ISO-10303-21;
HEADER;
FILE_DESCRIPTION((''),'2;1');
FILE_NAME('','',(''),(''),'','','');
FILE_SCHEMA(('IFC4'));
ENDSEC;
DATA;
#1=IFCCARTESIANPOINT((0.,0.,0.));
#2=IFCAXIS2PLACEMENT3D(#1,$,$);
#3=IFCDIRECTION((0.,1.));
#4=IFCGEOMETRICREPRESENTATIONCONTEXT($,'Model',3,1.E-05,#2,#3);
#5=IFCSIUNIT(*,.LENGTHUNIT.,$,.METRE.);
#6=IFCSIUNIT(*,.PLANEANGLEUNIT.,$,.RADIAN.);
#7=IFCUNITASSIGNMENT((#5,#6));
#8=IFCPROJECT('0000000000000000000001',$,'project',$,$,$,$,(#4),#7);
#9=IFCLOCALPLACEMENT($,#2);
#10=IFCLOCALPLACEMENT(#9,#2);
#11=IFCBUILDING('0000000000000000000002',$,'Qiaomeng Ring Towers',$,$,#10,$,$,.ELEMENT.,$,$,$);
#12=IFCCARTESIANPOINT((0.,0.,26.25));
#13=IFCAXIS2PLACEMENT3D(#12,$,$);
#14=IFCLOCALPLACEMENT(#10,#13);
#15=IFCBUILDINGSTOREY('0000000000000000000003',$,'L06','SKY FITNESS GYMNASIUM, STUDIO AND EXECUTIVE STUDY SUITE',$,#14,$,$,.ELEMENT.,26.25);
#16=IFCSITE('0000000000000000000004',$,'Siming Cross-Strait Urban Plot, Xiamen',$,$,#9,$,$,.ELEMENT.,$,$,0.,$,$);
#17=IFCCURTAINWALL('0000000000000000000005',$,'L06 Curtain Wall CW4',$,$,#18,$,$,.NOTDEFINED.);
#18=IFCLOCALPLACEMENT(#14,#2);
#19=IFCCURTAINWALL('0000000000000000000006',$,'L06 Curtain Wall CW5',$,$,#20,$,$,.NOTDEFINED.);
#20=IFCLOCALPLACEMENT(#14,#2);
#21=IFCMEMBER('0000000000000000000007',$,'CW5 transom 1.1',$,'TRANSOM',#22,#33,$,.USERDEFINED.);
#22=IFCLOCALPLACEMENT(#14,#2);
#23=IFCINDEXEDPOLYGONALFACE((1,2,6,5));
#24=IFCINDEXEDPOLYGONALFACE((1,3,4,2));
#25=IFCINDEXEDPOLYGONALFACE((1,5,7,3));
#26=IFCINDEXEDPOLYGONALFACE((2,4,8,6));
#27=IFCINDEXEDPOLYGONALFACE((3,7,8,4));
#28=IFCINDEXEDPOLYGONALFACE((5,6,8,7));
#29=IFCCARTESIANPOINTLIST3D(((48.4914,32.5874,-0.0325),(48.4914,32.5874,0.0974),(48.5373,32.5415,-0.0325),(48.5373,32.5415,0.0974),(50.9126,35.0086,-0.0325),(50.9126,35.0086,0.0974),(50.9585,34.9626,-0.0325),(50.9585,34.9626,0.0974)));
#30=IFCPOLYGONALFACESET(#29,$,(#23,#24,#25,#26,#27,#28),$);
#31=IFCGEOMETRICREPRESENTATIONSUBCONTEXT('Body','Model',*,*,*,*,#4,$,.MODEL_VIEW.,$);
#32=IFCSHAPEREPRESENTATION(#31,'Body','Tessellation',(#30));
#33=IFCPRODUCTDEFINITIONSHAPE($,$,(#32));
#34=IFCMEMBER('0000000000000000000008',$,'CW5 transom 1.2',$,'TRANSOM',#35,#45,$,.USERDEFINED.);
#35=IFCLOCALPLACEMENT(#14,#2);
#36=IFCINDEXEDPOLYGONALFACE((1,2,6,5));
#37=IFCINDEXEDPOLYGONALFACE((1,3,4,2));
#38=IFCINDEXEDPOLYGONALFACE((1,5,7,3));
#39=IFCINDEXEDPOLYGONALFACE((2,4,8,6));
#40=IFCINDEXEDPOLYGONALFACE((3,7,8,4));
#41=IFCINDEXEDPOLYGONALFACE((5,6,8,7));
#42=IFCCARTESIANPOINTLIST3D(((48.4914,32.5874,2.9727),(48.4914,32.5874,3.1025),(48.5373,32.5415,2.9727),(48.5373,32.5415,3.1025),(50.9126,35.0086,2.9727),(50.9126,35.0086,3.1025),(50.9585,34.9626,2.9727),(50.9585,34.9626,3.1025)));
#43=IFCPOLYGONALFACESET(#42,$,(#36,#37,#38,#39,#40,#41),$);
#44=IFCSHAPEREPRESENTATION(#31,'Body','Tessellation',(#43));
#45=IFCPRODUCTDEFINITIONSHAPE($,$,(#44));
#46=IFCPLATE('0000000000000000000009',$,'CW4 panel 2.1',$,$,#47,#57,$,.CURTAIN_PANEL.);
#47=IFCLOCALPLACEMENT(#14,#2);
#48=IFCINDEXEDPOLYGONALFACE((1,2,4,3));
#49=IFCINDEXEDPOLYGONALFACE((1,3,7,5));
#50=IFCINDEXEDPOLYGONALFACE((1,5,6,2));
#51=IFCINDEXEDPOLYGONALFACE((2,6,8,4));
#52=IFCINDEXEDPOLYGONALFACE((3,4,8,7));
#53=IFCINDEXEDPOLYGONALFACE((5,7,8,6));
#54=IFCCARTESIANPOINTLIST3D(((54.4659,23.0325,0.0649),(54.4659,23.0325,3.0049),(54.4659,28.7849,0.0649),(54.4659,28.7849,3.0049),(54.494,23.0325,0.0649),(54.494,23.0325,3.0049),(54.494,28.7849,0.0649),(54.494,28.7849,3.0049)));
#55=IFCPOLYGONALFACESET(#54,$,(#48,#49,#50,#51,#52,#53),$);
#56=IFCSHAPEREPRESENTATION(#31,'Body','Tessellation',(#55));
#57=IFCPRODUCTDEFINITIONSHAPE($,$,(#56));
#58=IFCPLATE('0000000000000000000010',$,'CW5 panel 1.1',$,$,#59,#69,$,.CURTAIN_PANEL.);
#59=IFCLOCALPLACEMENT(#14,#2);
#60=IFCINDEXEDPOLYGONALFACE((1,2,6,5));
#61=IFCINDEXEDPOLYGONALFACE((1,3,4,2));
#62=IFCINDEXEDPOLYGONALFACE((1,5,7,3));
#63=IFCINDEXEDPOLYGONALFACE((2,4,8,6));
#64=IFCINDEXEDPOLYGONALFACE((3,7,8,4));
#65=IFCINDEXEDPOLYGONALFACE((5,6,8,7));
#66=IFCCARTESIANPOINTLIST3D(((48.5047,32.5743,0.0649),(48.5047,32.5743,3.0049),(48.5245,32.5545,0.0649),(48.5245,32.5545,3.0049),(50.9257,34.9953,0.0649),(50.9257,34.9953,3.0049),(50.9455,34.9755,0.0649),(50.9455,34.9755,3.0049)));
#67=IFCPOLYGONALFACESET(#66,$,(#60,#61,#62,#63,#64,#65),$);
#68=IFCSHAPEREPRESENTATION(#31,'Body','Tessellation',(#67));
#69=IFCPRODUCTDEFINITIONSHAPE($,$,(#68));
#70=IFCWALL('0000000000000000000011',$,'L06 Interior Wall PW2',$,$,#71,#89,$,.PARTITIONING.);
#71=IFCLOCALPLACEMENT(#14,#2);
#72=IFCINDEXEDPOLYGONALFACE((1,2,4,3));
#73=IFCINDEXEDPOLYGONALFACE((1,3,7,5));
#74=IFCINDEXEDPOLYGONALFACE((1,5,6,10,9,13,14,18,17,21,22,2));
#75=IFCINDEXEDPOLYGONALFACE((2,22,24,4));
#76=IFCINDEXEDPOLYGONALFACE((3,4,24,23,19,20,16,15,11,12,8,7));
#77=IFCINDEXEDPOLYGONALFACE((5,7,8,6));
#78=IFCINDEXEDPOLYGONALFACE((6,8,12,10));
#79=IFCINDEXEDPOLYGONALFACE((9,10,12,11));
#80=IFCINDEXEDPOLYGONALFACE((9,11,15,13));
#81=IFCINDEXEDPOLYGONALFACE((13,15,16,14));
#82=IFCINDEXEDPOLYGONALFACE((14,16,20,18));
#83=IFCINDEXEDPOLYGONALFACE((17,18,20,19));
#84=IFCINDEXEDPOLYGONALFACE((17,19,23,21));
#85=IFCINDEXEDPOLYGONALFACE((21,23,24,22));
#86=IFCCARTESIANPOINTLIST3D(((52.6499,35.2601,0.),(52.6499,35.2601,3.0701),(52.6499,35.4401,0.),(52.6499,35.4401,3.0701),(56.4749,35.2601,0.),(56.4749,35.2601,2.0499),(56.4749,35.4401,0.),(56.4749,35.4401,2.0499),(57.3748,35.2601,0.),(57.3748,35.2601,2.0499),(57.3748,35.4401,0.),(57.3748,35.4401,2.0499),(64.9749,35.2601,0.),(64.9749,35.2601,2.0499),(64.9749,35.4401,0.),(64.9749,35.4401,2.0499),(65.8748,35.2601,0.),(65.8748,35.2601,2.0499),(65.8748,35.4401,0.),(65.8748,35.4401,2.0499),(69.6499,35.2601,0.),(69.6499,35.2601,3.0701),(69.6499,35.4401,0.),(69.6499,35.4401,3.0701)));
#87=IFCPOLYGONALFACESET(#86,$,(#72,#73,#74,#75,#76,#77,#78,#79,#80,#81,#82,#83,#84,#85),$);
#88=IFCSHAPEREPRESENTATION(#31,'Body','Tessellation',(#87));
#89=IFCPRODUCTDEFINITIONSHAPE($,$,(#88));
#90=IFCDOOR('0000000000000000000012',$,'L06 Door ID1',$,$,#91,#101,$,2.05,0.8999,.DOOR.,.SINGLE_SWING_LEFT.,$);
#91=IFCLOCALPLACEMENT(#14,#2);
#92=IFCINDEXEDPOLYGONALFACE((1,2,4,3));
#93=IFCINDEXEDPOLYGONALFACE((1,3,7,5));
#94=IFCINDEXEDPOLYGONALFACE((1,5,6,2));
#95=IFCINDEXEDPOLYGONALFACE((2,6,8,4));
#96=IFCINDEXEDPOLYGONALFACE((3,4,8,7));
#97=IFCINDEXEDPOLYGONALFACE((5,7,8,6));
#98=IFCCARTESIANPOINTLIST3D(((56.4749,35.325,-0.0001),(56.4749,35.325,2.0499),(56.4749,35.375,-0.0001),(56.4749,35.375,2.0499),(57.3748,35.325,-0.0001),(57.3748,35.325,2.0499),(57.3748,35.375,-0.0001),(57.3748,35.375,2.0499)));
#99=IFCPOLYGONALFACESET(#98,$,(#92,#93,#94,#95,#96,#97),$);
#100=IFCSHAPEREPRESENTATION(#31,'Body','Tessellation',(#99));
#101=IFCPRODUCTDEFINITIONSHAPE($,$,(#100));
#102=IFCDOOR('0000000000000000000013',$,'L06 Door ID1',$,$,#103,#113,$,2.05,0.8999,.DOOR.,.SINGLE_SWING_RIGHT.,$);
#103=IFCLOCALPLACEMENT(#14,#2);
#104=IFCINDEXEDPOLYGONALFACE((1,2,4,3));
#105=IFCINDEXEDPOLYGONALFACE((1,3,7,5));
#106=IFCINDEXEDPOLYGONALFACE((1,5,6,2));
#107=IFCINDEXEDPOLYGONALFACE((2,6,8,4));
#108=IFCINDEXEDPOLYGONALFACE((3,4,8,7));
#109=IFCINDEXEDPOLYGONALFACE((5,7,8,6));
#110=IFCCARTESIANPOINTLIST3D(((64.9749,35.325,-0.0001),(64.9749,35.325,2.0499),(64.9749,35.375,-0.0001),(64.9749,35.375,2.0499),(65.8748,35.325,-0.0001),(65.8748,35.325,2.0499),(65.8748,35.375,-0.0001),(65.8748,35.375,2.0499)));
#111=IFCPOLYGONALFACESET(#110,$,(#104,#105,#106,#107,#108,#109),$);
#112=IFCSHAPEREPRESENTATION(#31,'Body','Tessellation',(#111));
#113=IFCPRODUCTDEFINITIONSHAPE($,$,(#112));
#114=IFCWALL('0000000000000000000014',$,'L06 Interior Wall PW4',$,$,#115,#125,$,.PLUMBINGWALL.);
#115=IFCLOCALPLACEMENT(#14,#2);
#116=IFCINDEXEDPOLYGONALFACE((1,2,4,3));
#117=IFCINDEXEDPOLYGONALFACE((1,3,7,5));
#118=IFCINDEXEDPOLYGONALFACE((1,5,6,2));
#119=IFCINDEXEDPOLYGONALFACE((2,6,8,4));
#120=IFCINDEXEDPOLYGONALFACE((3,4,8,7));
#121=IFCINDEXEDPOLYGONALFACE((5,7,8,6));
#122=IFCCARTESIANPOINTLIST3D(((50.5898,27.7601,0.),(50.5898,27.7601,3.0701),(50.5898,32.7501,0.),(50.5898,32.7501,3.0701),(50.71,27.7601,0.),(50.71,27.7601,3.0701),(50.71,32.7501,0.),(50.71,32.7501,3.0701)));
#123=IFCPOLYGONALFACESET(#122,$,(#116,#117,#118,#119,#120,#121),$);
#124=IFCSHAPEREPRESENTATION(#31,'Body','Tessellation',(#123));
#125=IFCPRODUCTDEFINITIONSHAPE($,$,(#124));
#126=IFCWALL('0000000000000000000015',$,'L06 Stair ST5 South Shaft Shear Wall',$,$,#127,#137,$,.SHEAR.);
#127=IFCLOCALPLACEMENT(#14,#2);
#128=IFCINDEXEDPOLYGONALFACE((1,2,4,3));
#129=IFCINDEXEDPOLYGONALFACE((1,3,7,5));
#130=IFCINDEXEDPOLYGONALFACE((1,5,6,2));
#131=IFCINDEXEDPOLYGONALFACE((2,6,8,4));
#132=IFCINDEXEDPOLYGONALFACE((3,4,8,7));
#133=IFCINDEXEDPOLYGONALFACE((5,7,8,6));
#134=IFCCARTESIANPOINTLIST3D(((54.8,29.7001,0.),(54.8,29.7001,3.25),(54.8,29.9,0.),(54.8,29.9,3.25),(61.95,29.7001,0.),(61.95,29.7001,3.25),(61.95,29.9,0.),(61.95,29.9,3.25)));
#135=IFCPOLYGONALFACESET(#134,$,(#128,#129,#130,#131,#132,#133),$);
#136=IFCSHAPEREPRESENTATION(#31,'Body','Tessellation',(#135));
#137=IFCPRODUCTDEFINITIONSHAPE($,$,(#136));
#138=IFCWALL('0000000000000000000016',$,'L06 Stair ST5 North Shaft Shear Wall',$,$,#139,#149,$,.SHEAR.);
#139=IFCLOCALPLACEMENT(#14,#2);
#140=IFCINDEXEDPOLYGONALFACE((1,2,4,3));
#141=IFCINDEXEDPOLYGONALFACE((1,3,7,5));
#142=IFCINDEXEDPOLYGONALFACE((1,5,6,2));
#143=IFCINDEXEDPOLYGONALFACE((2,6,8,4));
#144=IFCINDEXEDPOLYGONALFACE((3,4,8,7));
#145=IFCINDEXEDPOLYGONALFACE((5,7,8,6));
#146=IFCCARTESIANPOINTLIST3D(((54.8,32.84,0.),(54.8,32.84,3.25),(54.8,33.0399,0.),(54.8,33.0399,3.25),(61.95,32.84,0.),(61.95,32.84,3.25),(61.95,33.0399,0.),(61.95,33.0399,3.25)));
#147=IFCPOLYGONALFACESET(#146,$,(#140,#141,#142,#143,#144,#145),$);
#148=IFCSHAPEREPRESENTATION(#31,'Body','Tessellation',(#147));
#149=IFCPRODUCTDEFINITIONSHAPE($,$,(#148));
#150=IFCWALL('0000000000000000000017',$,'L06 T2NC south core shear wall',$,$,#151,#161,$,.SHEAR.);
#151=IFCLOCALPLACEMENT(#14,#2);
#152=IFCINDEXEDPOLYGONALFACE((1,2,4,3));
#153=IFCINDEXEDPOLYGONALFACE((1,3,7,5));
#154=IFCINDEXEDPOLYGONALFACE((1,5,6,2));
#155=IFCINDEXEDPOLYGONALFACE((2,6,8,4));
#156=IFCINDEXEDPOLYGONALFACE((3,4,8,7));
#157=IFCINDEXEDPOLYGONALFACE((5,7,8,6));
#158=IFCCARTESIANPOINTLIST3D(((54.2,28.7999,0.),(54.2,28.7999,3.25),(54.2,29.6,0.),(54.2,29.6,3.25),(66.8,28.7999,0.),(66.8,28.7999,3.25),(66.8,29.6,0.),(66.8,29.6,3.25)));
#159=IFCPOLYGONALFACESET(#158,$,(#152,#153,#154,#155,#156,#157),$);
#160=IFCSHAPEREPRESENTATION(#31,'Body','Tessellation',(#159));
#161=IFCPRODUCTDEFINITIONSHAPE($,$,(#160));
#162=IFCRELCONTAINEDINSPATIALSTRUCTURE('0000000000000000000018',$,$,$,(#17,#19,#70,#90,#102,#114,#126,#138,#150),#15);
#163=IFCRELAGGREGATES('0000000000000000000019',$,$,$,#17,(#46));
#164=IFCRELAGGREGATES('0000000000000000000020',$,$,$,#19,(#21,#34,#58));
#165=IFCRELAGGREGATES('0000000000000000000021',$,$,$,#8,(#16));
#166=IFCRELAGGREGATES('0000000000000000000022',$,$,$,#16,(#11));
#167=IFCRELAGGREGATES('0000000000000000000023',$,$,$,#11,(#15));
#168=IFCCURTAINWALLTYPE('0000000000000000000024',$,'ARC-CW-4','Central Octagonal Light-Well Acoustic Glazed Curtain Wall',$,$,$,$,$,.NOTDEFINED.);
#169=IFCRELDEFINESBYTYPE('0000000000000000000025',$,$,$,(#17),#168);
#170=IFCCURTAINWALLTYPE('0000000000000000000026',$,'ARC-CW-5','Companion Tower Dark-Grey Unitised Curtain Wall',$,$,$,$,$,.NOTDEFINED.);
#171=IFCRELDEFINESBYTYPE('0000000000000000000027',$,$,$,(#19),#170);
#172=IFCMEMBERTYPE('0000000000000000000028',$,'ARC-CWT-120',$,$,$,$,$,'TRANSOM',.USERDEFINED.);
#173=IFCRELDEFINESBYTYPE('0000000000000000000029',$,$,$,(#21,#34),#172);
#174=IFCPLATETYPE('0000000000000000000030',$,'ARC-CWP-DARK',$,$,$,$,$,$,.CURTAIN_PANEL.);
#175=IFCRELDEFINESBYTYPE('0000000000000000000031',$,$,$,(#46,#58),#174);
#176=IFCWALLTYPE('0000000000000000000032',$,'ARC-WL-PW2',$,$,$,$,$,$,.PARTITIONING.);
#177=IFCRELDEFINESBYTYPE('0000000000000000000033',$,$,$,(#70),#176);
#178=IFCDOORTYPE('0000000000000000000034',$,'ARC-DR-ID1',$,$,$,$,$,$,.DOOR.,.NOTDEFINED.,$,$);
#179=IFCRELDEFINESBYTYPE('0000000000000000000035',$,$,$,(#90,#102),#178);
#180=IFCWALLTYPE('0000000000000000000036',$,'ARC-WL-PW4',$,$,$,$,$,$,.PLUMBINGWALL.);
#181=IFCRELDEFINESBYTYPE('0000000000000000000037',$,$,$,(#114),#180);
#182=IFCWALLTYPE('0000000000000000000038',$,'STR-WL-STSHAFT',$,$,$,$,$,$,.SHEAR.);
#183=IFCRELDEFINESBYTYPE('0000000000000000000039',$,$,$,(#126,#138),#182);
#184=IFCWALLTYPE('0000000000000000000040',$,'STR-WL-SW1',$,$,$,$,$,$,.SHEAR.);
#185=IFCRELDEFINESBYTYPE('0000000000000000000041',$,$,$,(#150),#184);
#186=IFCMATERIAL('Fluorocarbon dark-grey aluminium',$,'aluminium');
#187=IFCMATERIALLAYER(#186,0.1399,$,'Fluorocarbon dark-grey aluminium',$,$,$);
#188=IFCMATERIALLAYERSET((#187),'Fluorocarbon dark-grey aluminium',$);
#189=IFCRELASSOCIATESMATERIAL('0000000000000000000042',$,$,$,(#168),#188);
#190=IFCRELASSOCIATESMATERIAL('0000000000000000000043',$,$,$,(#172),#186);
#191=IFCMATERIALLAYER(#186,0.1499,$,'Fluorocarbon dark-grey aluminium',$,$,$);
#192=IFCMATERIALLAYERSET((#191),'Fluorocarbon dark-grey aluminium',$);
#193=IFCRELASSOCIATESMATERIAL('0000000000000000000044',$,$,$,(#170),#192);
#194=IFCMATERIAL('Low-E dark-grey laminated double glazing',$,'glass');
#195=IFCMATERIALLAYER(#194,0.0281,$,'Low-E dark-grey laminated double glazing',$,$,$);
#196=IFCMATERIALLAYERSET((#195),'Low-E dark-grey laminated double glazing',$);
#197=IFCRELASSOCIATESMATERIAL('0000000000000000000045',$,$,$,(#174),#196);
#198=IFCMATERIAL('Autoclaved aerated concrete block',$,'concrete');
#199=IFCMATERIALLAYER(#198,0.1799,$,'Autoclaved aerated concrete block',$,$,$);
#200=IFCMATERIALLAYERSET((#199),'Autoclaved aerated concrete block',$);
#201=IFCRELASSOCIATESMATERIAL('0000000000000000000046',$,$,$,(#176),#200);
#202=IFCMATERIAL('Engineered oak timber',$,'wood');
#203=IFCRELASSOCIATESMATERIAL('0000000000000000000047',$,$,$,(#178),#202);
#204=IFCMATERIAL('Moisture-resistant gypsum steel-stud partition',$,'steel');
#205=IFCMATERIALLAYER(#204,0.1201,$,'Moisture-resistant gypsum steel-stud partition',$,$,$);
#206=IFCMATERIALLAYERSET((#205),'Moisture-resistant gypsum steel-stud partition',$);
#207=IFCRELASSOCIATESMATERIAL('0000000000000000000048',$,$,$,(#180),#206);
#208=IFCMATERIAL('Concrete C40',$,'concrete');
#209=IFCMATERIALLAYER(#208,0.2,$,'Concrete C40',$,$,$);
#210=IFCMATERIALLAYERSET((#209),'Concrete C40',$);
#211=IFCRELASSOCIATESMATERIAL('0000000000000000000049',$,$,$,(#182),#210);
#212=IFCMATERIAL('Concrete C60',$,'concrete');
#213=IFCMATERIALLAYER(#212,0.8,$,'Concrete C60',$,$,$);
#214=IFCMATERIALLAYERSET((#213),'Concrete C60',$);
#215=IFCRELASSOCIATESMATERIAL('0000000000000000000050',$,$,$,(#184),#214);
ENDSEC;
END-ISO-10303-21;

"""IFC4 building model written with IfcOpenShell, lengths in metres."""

from ifc_helpers import new_model, si_unit, direction, frame, frame_2d, origin, origin_2d, place, context, subcontext, project, spatial, rectangle, extrude, source, transform, mapped, material, layer, layer_set, material_profile, profile_set, type_object, element, fill, aggregate, save


model = new_model("IFC4")

# Units and contexts
model_context = context("Model", 3, precision=1e-05, world=origin(), true_north=direction((0.0, 1.0)))
body_context = subcontext(model_context, "Body", "Model", "MODEL_VIEW")
ifc_project = project(units=[si_unit("LENGTHUNIT", "METRE"), si_unit("PLANEANGLEUNIT", "RADIAN")], contexts=[model_context])

# Site, building, storey
site_placement = place(None, origin())
site = spatial("IfcSite", under=ifc_project, at=site_placement, Name="Siming Cross-Strait Urban Plot, Xiamen", CompositionType="ELEMENT", RefElevation=0.0)
building_placement = place(site_placement, origin())
building = spatial("IfcBuilding", under=site, at=building_placement, Name="Qiaomeng Ring Towers", CompositionType="ELEMENT")
storey_placement = place(building_placement, frame((0.0, 0.0, 26.25)))
storey = spatial("IfcBuildingStorey", under=building, at=storey_placement, Name="L06", Description="SKY FITNESS GYMNASIUM, STUDIO AND EXECUTIVE STUDY SUITE", CompositionType="ELEMENT", Elevation=26.25)

# Shared definitions
ifc_material_1 = material(Name="Concrete C60", Category="concrete")

# Curtain wall
ifc_material_2 = material(Name="Fluorocarbon dark-grey aluminium", Category="aluminium")
ifc_layer_1 = layer(ifc_material_2, 0.1399, Name="Fluorocarbon dark-grey aluminium")
ifc_layer_set_1 = layer_set([ifc_layer_1], Name="Fluorocarbon dark-grey aluminium")
curtain_wall_type_1 = type_object("IfcCurtainWallType", Name="ARC-CW-4", Description="Central Octagonal Light-Well Acoustic Glazed Curtain Wall", PredefinedType="NOTDEFINED", material=ifc_layer_set_1)
curtain_wall_1_placement = place(storey_placement, origin())
curtain_wall_1 = element("IfcCurtainWall", 1, at=curtain_wall_1_placement, inside=storey, type_object=curtain_wall_type_1, Name="L06 Curtain Wall CW4", PredefinedType="NOTDEFINED")
ifc_material_profile_1 = material_profile(ifc_material_2, rectangle(XDim=0.0649, YDim=0.1299, at=origin_2d()), Name="ALU TRAN 65x130")
ifc_profile_set_1 = profile_set([ifc_material_profile_1], Name="Fluorocarbon dark-grey aluminium")
member_type_1 = type_object("IfcMemberType", Name="ARC-CWT-120", ElementType="TRANSOM", PredefinedType="USERDEFINED", material=ifc_profile_set_1)

# Shared definitions
ifc_layer_2 = layer(ifc_material_2, 0.1499, Name="Fluorocarbon dark-grey aluminium")
ifc_layer_set_2 = layer_set([ifc_layer_2], Name="Fluorocarbon dark-grey aluminium")
curtain_wall_type_2 = type_object("IfcCurtainWallType", Name="ARC-CW-5", Description="Companion Tower Dark-Grey Unitised Curtain Wall", PredefinedType="NOTDEFINED", material=ifc_layer_set_2)

# Curtain wall
curtain_wall_2_placement = place(storey_placement, origin())
curtain_wall_2 = element("IfcCurtainWall", 2, at=curtain_wall_2_placement, inside=storey, type_object=curtain_wall_type_2, Name="L06 Curtain Wall CW5", PredefinedType="NOTDEFINED")

# Members
shared_shape_1 = source(origin(), body_context, "Body", "SweptSolid", [
    extrude(rectangle(XDim=0.0649, YDim=0.1299, at=origin_2d()), origin(), (0.0, 0.0, 1.0), 3.4241),
])
member_1_placement = place(storey_placement, frame((50.9355, 34.9856, 0.0325), z_axis=(-0.707107, -0.707107, 0.0), x_axis=(0.707107, -0.707107, 0.0)))
member_1 = element("IfcMember", 3, at=member_1_placement, type_object=member_type_1, Name="CW5 transom 1.1", ObjectType="TRANSOM", PredefinedType="USERDEFINED", context=body_context, shape_type="MappedRepresentation", body=[
    mapped(shared_shape_1, transform((0.0, 0.0, 0.0), x_axis=(1.0, 0.0, 0.0), y_axis=(0.0, 1.0, 0.0), z_axis=(0.0, 0.0, 1.0), scale=1.0)),
])
member_2_placement = place(storey_placement, frame((50.9355, 34.9856, 3.0376), z_axis=(-0.707107, -0.707107, 0.0), x_axis=(0.707107, -0.707107, 0.0)))
member_2 = element("IfcMember", 4, at=member_2_placement, type_object=member_type_1, Name="CW5 transom 1.2", ObjectType="TRANSOM", PredefinedType="USERDEFINED", context=body_context, shape_type="MappedRepresentation", body=[
    mapped(shared_shape_1, transform((0.0, 0.0, 0.0), x_axis=(1.0, 0.0, 0.0), y_axis=(0.0, 1.0, 0.0), z_axis=(0.0, 0.0, 1.0), scale=1.0)),
])

# Plates
ifc_material_3 = material(Name="Low-E dark-grey laminated double glazing", Category="glass")
ifc_layer_3 = layer(ifc_material_3, 0.0281, Name="Low-E dark-grey laminated double glazing")
ifc_layer_set_3 = layer_set([ifc_layer_3], Name="Low-E dark-grey laminated double glazing")
plate_type = type_object("IfcPlateType", Name="ARC-CWP-DARK", PredefinedType="CURTAIN_PANEL", material=ifc_layer_set_3)
shared_shape_2 = source(origin(), body_context, "Body", "SweptSolid", [
    extrude(rectangle(XDim=5.7524, YDim=0.0281, at=origin_2d()), origin(), (0.0, 0.0, 1.0), 2.9399),
])
plate_1_placement = place(storey_placement, frame((54.48, 25.9087, 0.0649), z_axis=(0.0, 0.0, 1.0), x_axis=(0.0, 1.0, 0.0)))
plate_1 = element("IfcPlate", 5, at=plate_1_placement, type_object=plate_type, Name="CW4 panel 2.1", PredefinedType="CURTAIN_PANEL", context=body_context, shape_type="MappedRepresentation", body=[
    mapped(shared_shape_2, transform((0.0, 0.0, 0.0), x_axis=(1.0, 0.0, 0.0), y_axis=(0.0, 1.0, 0.0), z_axis=(0.0, 0.0, 1.0), scale=1.0)),
])
aggregate(curtain_wall_1, [plate_1])
shared_shape_3 = source(origin(), body_context, "Body", "SweptSolid", [
    extrude(rectangle(XDim=3.4238, YDim=0.0281, at=origin_2d()), origin(), (0.0, 0.0, 1.0), 2.9399),
])
plate_2_placement = place(storey_placement, frame((49.7251, 33.7749, 0.0649), z_axis=(0.0, 0.0, 1.0), x_axis=(-0.707107, -0.707107, 0.0)))
plate_2 = element("IfcPlate", 6, at=plate_2_placement, type_object=plate_type, Name="CW5 panel 1.1", PredefinedType="CURTAIN_PANEL", context=body_context, shape_type="MappedRepresentation", body=[
    mapped(shared_shape_3, transform((0.0, 0.0, 0.0), x_axis=(1.0, 0.0, 0.0), y_axis=(0.0, 1.0, 0.0), z_axis=(0.0, 0.0, 1.0), scale=1.0)),
])
aggregate(curtain_wall_2, [member_1, member_2, plate_2])

# Wall, openings, doors
ifc_material_4 = material(Name="Autoclaved aerated concrete block", Category="concrete")
ifc_layer_4 = layer(ifc_material_4, 0.1799, Name="Autoclaved aerated concrete block")
ifc_layer_set_4 = layer_set([ifc_layer_4], Name="Autoclaved aerated concrete block")
wall_type_1 = type_object("IfcWallType", Name="ARC-WL-PW2", PredefinedType="PARTITIONING", material=ifc_layer_set_4)
wall_1_placement = place(storey_placement, frame((52.6499, 35.3501, 0.0), z_axis=(0.0, 0.0, 1.0), x_axis=(1.0, 0.0, 0.0)))
wall_1 = element("IfcWall", 7, at=wall_1_placement, inside=storey, type_object=wall_type_1, Name="L06 Interior Wall PW2", PredefinedType="PARTITIONING", context=body_context, shape_type="SweptSolid", body=[
    extrude(rectangle(XDim=17.0, YDim=0.1799, at=frame_2d((8.5, 0.0))), origin(), (0.0, 0.0, 1.0), 3.0701),
])
opening_1_placement = place(wall_1_placement, frame((3.825, 0.0, 0.0)))
opening_1 = element("IfcOpeningElement", 8, at=opening_1_placement, cuts=wall_1, PredefinedType="OPENING", context=body_context, shape_type="SweptSolid", body=[
    extrude(rectangle(XDim=0.8999, YDim=2.05, at=frame_2d((0.45, 1.0249))), frame((0.0, 0.0999, 0.0), z_axis=(0.0, -1.0, 0.0), x_axis=(1.0, 0.0, 0.0)), (0.0, 0.0, 1.0), 0.2),
])
opening_2_placement = place(wall_1_placement, frame((12.325, 0.0, 0.0)))
opening_2 = element("IfcOpeningElement", 9, at=opening_2_placement, cuts=wall_1, PredefinedType="OPENING", context=body_context, shape_type="SweptSolid", body=[
    extrude(rectangle(XDim=0.8999, YDim=2.05, at=frame_2d((0.45, 1.0249))), frame((0.0, 0.0999, 0.0), z_axis=(0.0, -1.0, 0.0), x_axis=(1.0, 0.0, 0.0)), (0.0, 0.0, 1.0), 0.2),
])
ifc_material_5 = material(Name="Engineered oak timber", Category="wood")
door_type_1 = type_object("IfcDoorType", Name="ARC-DR-ID1", OperationType="NOTDEFINED", PredefinedType="DOOR", material=ifc_material_5)
shared_shape_4 = source(origin(), body_context, "Body", "SweptSolid", [
    extrude(rectangle(XDim=0.8999, YDim=2.05, at=frame_2d((0.45, 1.0249))), frame((0.0, 0.0249, 0.0), z_axis=(0.0, -1.0, 0.0), x_axis=(1.0, 0.0, 0.0)), (0.0, 0.0, 1.0), 0.05),
])
door_1_placement = place(opening_1_placement, origin())
door_1 = element("IfcDoor", 10, at=door_1_placement, inside=storey, type_object=door_type_1, Name="L06 Door ID1", OperationType="SINGLE_SWING_LEFT", OverallHeight=2.05, OverallWidth=0.8999, PredefinedType="DOOR", context=body_context, shape_type="MappedRepresentation", body=[
    mapped(shared_shape_4, transform((0.0, 0.0, 0.0), x_axis=(1.0, 0.0, 0.0), y_axis=(0.0, 1.0, 0.0), z_axis=(0.0, 0.0, 1.0), scale=1.0)),
])
fill(opening_1, door_1)
door_2_placement = place(opening_2_placement, origin())
door_2 = element("IfcDoor", 11, at=door_2_placement, inside=storey, type_object=door_type_1, Name="L06 Door ID1", OperationType="SINGLE_SWING_RIGHT", OverallHeight=2.05, OverallWidth=0.8999, PredefinedType="DOOR", context=body_context, shape_type="MappedRepresentation", body=[
    mapped(shared_shape_4, transform((0.0, 0.0, 0.0), x_axis=(1.0, 0.0, 0.0), y_axis=(0.0, 1.0, 0.0), z_axis=(0.0, 0.0, 1.0), scale=1.0)),
])
fill(opening_2, door_2)

# Walls
ifc_material_6 = material(Name="Moisture-resistant gypsum steel-stud partition", Category="steel")
ifc_layer_5 = layer(ifc_material_6, 0.1201, Name="Moisture-resistant gypsum steel-stud partition")
ifc_layer_set_5 = layer_set([ifc_layer_5], Name="Moisture-resistant gypsum steel-stud partition")
wall_type_2 = type_object("IfcWallType", Name="ARC-WL-PW4", PredefinedType="PLUMBINGWALL", material=ifc_layer_set_5)
wall_2_placement = place(storey_placement, frame((50.6499, 27.76, 0.0), z_axis=(0.0, 0.0, 1.0), x_axis=(0.0, 1.0, 0.0)))
element("IfcWall", 12, at=wall_2_placement, inside=storey, type_object=wall_type_2, Name="L06 Interior Wall PW4", PredefinedType="PLUMBINGWALL", context=body_context, shape_type="SweptSolid", body=[
    extrude(rectangle(XDim=4.99, YDim=0.1201, at=frame_2d((2.4951, 0.0))), origin(), (0.0, 0.0, 1.0), 3.0701),
])
ifc_material_7 = material(Name="Concrete C40", Category="concrete")
ifc_layer_6 = layer(ifc_material_7, 0.2, Name="Concrete C40")
ifc_layer_set_6 = layer_set([ifc_layer_6], Name="Concrete C40")
wall_type_3 = type_object("IfcWallType", Name="STR-WL-STSHAFT", PredefinedType="SHEAR", material=ifc_layer_set_6)
for number, where, z_axis, x_axis, name in (
    (13, (54.8, 29.8, 0.0), (0.0, 0.0, 1.0), (1.0, 0.0, 0.0), "L06 Stair ST5 South Shaft Shear Wall"),
    (14, (54.8, 32.9399, 0.0), (0.0, 0.0, 1.0), (1.0, 0.0, 0.0), "L06 Stair ST5 North Shaft Shear Wall"),
):
    element("IfcWall", number, at=place(storey_placement, frame(where, z_axis=z_axis, x_axis=x_axis)), inside=storey, type_object=wall_type_3, Name=name, PredefinedType="SHEAR", context=body_context, shape_type="SweptSolid", body=[
        extrude(rectangle(XDim=7.1499, YDim=0.2, at=frame_2d((3.575, 0.0))), origin(), (0.0, 0.0, 1.0), 3.25),
    ])
ifc_layer_7 = layer(ifc_material_1, 0.8, Name="Concrete C60")
ifc_layer_set_7 = layer_set([ifc_layer_7], Name="Concrete C60")
wall_type_4 = type_object("IfcWallType", Name="STR-WL-SW1", PredefinedType="SHEAR", material=ifc_layer_set_7)
wall_3_placement = place(storey_placement, frame((54.2, 29.2, 0.0), z_axis=(0.0, 0.0, 1.0), x_axis=(1.0, 0.0, 0.0)))
element("IfcWall", 15, at=wall_3_placement, inside=storey, type_object=wall_type_4, Name="L06 T2NC south core shear wall", PredefinedType="SHEAR", context=body_context, shape_type="SweptSolid", body=[
    extrude(rectangle(XDim=12.6001, YDim=0.8, at=frame_2d((6.3, 0.0))), origin(), (0.0, 0.0, 1.0), 3.25),
])

save(model, "model.ifc")
